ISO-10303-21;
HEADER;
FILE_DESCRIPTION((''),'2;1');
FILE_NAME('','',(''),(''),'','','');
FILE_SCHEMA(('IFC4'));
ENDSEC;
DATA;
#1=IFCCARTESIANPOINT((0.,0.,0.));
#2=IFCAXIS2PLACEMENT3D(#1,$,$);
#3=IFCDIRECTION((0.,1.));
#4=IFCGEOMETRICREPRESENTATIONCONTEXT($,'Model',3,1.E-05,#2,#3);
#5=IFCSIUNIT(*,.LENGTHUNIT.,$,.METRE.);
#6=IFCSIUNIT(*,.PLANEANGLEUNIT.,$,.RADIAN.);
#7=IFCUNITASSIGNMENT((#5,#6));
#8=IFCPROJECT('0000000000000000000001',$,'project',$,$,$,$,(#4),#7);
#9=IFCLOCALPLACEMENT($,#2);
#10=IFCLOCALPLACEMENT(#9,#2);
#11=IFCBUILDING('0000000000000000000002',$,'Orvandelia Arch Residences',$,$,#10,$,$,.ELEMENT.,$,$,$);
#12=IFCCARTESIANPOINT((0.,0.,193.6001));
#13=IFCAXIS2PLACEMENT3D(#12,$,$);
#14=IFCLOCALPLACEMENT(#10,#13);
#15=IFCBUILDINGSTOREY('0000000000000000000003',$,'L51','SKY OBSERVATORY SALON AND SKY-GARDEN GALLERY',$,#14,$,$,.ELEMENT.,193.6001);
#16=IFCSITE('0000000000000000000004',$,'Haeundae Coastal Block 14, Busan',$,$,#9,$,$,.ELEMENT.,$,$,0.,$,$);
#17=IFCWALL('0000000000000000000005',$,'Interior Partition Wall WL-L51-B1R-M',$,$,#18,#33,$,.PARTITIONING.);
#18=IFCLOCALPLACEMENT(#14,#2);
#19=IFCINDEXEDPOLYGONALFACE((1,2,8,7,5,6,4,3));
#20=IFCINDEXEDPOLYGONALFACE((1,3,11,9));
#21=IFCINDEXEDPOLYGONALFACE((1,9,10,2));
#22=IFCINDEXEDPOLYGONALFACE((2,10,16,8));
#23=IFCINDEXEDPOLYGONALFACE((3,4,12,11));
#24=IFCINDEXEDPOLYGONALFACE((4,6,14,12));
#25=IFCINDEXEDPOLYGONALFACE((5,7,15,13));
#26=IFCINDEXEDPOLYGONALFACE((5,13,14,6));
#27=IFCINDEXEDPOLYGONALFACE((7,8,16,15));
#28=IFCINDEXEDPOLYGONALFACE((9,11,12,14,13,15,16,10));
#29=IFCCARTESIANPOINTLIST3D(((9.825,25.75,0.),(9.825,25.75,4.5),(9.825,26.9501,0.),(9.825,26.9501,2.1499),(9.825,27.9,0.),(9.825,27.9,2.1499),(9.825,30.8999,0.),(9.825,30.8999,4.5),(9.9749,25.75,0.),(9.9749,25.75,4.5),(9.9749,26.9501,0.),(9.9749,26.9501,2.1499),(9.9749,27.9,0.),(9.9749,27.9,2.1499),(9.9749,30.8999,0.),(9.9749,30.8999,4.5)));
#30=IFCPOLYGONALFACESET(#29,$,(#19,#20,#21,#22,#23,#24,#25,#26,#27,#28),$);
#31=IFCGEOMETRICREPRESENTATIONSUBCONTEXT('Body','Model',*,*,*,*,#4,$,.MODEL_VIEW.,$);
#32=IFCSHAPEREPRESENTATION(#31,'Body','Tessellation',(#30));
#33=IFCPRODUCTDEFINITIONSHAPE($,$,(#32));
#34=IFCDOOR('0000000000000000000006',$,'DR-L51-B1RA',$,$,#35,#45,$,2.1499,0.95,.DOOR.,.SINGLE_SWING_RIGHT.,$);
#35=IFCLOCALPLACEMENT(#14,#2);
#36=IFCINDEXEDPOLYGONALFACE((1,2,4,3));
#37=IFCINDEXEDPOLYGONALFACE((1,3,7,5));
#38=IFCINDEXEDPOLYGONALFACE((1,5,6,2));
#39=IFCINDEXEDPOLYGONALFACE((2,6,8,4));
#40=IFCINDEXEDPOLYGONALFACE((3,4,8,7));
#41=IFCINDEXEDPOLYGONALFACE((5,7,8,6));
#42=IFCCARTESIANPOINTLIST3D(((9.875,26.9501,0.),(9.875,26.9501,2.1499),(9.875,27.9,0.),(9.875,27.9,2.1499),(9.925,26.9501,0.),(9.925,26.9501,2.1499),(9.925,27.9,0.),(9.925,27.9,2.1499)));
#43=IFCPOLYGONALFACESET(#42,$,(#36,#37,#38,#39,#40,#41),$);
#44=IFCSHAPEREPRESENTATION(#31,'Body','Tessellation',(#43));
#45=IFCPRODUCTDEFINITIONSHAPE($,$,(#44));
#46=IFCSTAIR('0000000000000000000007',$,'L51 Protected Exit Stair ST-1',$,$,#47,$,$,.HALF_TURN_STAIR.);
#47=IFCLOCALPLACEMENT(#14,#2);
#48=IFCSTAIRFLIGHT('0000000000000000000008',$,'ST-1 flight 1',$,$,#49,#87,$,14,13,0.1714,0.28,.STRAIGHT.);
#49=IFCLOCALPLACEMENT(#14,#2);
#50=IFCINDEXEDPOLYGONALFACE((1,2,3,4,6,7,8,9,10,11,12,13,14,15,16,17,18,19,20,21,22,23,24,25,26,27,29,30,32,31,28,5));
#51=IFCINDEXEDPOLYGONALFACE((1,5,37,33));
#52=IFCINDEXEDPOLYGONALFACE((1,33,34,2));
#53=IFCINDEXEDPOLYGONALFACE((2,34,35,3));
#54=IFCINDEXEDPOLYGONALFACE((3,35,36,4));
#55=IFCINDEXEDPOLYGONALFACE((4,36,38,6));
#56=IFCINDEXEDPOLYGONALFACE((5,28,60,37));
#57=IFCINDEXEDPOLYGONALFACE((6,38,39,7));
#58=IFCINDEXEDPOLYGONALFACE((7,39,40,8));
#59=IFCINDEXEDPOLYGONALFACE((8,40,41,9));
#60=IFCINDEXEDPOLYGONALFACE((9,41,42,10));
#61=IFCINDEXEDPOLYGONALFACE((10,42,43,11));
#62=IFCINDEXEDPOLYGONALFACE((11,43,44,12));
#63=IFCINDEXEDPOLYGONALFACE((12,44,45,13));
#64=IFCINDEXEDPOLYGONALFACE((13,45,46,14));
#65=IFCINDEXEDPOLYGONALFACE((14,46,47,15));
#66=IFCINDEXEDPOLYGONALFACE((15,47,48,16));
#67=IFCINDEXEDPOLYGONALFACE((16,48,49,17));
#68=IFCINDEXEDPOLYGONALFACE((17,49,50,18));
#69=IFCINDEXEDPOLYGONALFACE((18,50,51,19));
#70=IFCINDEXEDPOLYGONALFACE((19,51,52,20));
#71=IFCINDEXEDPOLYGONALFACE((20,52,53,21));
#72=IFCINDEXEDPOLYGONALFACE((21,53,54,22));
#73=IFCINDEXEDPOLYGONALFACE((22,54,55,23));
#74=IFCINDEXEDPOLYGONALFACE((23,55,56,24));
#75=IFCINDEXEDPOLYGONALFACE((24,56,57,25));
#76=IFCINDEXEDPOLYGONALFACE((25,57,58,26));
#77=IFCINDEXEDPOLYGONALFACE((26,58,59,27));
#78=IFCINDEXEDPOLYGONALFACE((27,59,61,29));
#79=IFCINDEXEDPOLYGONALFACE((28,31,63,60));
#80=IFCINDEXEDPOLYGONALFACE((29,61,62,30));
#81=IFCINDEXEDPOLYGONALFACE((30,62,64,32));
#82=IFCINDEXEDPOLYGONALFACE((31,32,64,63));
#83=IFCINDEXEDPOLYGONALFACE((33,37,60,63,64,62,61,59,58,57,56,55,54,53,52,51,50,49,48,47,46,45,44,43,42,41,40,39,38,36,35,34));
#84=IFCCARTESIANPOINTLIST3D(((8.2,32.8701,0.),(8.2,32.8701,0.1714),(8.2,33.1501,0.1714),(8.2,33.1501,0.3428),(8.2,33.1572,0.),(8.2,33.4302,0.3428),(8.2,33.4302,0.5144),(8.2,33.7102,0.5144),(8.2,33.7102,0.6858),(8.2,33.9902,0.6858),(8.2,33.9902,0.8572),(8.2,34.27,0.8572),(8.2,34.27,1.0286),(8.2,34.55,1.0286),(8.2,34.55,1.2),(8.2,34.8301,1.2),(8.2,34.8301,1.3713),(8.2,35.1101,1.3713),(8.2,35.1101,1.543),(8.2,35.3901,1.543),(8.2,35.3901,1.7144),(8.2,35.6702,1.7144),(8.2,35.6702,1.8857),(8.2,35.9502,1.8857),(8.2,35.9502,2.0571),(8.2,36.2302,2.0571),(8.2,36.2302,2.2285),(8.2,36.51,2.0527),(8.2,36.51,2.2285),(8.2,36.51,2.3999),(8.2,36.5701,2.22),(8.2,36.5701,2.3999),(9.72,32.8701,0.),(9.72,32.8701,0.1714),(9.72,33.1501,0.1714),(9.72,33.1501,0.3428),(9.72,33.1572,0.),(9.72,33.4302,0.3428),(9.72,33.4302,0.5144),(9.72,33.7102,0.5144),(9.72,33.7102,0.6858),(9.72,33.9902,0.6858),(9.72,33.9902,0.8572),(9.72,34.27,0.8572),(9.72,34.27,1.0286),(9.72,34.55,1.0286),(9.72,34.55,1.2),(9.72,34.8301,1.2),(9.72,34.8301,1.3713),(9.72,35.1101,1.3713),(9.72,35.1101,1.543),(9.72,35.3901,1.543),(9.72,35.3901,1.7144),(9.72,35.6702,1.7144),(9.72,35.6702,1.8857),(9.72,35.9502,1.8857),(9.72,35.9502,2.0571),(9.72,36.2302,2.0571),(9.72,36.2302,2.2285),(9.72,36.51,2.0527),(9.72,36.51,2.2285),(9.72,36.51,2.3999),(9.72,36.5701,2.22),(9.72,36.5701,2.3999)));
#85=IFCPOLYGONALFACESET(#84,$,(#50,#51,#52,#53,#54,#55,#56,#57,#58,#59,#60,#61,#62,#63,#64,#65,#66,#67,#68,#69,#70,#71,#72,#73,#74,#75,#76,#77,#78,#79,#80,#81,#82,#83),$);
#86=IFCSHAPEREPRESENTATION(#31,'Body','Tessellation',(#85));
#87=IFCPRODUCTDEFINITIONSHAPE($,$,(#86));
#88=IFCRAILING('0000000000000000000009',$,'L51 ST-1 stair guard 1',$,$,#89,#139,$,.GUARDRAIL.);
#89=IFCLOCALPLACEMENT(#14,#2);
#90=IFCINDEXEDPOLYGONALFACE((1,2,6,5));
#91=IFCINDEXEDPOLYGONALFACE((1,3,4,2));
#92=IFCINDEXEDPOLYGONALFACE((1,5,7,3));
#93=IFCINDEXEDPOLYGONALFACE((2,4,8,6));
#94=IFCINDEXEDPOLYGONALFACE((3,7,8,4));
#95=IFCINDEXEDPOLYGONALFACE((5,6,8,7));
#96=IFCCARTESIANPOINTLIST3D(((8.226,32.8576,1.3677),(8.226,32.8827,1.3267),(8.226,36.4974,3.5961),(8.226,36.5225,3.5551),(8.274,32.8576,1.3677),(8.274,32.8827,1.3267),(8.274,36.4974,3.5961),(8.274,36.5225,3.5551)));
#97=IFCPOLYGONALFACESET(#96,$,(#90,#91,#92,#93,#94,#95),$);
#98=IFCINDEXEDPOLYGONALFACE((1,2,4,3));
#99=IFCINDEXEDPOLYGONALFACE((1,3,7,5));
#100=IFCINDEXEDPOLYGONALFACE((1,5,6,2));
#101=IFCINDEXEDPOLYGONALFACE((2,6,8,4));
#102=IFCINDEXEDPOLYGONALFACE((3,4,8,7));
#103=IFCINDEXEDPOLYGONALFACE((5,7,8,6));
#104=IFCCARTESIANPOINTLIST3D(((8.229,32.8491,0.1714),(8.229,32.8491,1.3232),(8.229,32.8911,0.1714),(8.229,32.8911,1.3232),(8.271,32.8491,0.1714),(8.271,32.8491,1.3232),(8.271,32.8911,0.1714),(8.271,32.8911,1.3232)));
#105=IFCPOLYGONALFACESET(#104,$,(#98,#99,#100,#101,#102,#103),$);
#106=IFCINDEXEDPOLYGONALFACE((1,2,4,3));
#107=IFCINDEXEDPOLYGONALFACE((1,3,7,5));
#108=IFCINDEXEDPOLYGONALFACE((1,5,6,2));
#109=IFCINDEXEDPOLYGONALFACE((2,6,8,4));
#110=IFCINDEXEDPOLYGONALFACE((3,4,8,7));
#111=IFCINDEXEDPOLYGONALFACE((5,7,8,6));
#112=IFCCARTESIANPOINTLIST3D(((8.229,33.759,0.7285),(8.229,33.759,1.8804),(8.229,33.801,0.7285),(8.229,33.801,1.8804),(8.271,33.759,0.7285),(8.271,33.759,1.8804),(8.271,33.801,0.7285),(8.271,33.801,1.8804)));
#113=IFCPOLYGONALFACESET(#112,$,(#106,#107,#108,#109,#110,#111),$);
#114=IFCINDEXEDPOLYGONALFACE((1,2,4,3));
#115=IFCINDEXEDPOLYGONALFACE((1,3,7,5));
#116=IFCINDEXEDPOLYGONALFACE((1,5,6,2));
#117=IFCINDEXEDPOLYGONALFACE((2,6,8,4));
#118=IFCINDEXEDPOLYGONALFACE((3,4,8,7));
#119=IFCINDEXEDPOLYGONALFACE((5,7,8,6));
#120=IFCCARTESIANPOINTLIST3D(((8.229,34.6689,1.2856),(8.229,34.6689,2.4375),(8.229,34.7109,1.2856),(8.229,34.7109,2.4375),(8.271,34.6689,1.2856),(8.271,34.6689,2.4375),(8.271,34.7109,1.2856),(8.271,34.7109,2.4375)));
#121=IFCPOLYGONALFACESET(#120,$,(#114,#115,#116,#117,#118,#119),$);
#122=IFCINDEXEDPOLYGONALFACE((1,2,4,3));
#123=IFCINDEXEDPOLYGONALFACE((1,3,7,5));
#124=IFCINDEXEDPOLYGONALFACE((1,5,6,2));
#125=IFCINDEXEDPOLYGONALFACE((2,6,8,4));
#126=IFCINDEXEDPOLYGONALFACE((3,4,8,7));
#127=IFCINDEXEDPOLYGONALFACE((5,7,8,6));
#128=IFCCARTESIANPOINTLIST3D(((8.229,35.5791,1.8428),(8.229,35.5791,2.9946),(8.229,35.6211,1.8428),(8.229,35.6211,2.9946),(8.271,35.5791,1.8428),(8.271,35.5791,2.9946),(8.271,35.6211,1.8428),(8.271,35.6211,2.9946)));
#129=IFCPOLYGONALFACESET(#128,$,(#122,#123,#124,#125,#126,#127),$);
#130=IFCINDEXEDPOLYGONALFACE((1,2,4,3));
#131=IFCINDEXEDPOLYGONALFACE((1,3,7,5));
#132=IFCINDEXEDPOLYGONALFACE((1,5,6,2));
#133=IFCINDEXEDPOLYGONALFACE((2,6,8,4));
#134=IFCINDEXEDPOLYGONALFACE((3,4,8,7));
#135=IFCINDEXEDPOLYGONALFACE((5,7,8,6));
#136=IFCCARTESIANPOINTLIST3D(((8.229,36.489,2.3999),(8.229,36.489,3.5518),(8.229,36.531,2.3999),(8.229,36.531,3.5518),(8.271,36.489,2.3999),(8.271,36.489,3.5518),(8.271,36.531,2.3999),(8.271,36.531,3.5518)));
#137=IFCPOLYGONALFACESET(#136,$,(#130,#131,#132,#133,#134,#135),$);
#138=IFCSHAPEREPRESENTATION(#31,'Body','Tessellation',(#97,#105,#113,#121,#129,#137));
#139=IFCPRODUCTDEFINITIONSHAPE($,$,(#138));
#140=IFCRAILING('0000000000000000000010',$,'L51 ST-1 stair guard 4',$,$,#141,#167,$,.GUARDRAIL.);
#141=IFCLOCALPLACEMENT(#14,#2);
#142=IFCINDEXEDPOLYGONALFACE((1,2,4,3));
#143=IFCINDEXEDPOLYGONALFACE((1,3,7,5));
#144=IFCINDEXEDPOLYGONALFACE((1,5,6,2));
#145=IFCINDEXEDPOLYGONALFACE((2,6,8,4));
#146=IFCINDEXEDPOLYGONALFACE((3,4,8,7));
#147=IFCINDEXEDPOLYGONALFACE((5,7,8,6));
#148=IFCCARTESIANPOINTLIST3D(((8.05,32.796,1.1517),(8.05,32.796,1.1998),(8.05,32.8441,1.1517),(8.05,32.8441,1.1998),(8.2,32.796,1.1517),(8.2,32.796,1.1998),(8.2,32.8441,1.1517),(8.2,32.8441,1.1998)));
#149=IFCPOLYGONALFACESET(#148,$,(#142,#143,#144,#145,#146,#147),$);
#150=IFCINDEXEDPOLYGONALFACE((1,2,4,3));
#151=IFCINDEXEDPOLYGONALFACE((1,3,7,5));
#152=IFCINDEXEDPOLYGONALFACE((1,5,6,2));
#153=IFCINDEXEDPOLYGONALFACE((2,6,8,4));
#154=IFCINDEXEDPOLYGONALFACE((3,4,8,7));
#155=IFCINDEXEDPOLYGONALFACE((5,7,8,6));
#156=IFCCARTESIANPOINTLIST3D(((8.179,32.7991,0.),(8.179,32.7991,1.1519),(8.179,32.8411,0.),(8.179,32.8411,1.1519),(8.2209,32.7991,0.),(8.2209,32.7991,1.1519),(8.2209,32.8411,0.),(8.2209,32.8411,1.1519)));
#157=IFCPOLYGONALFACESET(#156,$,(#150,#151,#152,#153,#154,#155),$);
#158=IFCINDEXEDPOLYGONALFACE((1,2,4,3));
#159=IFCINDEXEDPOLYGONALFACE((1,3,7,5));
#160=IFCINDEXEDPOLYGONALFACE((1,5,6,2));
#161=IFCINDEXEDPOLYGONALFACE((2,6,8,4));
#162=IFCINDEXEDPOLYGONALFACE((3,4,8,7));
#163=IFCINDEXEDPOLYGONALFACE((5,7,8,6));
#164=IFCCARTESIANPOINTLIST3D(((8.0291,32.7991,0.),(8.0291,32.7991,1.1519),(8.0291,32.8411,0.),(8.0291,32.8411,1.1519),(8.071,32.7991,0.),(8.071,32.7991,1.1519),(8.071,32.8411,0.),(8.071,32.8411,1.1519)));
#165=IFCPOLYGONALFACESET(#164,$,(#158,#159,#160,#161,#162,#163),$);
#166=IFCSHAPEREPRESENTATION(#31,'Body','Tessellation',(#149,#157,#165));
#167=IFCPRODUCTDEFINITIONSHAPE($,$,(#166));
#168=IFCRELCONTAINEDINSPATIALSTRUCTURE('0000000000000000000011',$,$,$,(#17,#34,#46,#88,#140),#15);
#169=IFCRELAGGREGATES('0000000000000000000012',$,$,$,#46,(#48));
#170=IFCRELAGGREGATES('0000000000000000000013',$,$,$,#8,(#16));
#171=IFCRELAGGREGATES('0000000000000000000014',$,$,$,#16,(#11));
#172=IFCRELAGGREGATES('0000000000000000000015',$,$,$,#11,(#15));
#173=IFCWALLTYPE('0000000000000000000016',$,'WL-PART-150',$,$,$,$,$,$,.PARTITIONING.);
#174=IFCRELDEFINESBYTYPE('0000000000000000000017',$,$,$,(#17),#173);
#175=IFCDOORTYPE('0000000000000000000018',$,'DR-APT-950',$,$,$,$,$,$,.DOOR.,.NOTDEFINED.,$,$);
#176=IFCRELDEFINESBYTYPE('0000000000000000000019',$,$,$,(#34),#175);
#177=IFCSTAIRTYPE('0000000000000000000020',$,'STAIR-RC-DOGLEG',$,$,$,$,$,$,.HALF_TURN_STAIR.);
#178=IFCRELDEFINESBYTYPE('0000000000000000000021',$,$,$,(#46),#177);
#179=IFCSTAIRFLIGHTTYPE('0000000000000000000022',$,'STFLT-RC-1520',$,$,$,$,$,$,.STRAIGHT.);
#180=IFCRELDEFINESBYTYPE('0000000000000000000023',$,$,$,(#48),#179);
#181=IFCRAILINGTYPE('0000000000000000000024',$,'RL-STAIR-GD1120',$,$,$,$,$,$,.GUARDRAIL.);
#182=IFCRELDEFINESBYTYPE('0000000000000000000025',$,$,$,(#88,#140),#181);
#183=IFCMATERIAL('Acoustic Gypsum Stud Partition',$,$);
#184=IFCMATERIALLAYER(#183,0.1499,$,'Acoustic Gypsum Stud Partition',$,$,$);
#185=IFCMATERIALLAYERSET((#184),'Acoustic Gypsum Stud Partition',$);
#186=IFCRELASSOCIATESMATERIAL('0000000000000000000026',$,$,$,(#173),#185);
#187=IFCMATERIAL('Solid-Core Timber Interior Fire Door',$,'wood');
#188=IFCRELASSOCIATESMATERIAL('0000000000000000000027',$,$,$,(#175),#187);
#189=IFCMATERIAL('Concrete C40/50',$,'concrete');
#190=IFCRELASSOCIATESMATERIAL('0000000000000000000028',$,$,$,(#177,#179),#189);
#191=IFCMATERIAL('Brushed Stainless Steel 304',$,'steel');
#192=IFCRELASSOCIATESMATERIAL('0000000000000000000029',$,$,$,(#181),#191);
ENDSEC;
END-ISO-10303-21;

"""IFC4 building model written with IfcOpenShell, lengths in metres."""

from ifc_helpers import new_model, si_unit, direction, frame, frame_2d, origin, origin_2d, place, context, subcontext, project, spatial, polyline, rectangle, outline, extrude, material, layer, layer_set, type_object, element, fill, aggregate, save


model = new_model("IFC4")

# Units and contexts
model_context = context("Model", 3, precision=1e-05, world=origin(), true_north=direction((0.0, 1.0)))
body_context = subcontext(model_context, "Body", "Model", "MODEL_VIEW")
ifc_project = project(units=[si_unit("LENGTHUNIT", "METRE"), si_unit("PLANEANGLEUNIT", "RADIAN")], contexts=[model_context])

# Site, building, storey
site_placement = place(None, origin())
site = spatial("IfcSite", under=ifc_project, at=site_placement, Name="Haeundae Coastal Block 14, Busan", CompositionType="ELEMENT", RefElevation=0.0)
building_placement = place(site_placement, origin())
building = spatial("IfcBuilding", under=site, at=building_placement, Name="Orvandelia Arch Residences", CompositionType="ELEMENT")
storey_placement = place(building_placement, frame((0.0, 0.0, 193.6001)))
storey = spatial("IfcBuildingStorey", under=building, at=storey_placement, Name="L51", Description="SKY OBSERVATORY SALON AND SKY-GARDEN GALLERY", CompositionType="ELEMENT", Elevation=193.6001)

# Wall, opening, door
ifc_material_1 = material(Name="Acoustic Gypsum Stud Partition")
ifc_layer_1 = layer(ifc_material_1, 0.1499, Name="Acoustic Gypsum Stud Partition")
ifc_layer_set_1 = layer_set([ifc_layer_1], Name="Acoustic Gypsum Stud Partition")
wall_type_1 = type_object("IfcWallType", Name="WL-PART-150", PredefinedType="PARTITIONING", material=ifc_layer_set_1)
wall_1_placement = place(storey_placement, frame((9.8999, 25.75, 0.0), z_axis=(0.0, 0.0, 1.0), x_axis=(0.0, 1.0, 0.0)))
wall_1 = element("IfcWall", 1, at=wall_1_placement, inside=storey, type_object=wall_type_1, Name="Interior Partition Wall WL-L51-B1R-M", PredefinedType="PARTITIONING", context=body_context, shape_type="SweptSolid", body=[
    extrude(rectangle(XDim=5.1499, YDim=0.1499, at=frame_2d((2.575, 0.0))), origin(), (0.0, 0.0, 1.0), 4.5),
])
opening_1_placement = place(wall_1_placement, frame((1.2, 0.0, 0.0)))
opening_1 = element("IfcOpeningElement", 2, at=opening_1_placement, cuts=wall_1, PredefinedType="OPENING", context=body_context, shape_type="SweptSolid", body=[
    extrude(rectangle(XDim=0.95, YDim=2.1499, at=frame_2d((0.4751, 1.075))), frame((0.0, 0.085, 0.0), z_axis=(0.0, -1.0, 0.0), x_axis=(1.0, 0.0, 0.0)), (0.0, 0.0, 1.0), 0.1699),
])
ifc_material_2 = material(Name="Solid-Core Timber Interior Fire Door", Category="wood")
door_type_1 = type_object("IfcDoorType", Name="DR-APT-950", OperationType="NOTDEFINED", PredefinedType="DOOR", material=ifc_material_2)
door_1_placement = place(opening_1_placement, origin())
door_1 = element("IfcDoor", 3, at=door_1_placement, inside=storey, type_object=door_type_1, Name="DR-L51-B1RA", OperationType="SINGLE_SWING_RIGHT", OverallHeight=2.1499, OverallWidth=0.95, PredefinedType="DOOR", context=body_context, shape_type="SweptSolid", body=[
    extrude(rectangle(XDim=0.95, YDim=2.1499, at=frame_2d((0.4751, 1.075))), frame((0.0, 0.0249, 0.0), z_axis=(0.0, -1.0, 0.0), x_axis=(1.0, 0.0, 0.0)), (0.0, 0.0, 1.0), 0.05),
])
fill(opening_1, door_1)

# Stair, stair flight
ifc_material_3 = material(Name="Concrete C40/50", Category="concrete")
stair_type = type_object("IfcStairType", Name="STAIR-RC-DOGLEG", PredefinedType="HALF_TURN_STAIR", material=ifc_material_3)
stair_placement = place(storey_placement, origin())
stair = element("IfcStair", 4, at=stair_placement, inside=storey, type_object=stair_type, Name="L51 Protected Exit Stair ST-1", PredefinedType="HALF_TURN_STAIR")
stair_flight_type = type_object("IfcStairFlightType", Name="STFLT-RC-1520", PredefinedType="STRAIGHT", material=ifc_material_3)
stair_flight_placement = place(storey_placement, frame((8.96, 32.8701, 0.0), z_axis=(0.0, 0.0, 1.0), x_axis=(0.0, 1.0, 0.0)))
stair_flight = element("IfcStairFlight", 5, at=stair_flight_placement, type_object=stair_flight_type, Name="ST-1 flight 1", NumberOfRisers=14, NumberOfTreads=13, PredefinedType="STRAIGHT", RiserHeight=0.1714, TreadLength=0.28, context=body_context, shape_type="SweptSolid", body=[
    extrude(outline(polyline([(0.0, 0.0), (0.0, 0.1714), (0.28, 0.1714), (0.28, 0.3428), (0.5601, 0.3428), (0.5601, 0.5144), (0.8401, 0.5144), (0.8401, 0.6858), (1.1201, 0.6858), (1.1201, 0.8572), (1.3999, 0.8572), (1.3999, 1.0286), (1.6799, 1.0286), (1.6799, 1.2), (1.96, 1.2), (1.96, 1.3713), (2.24, 1.3713), (2.24, 1.543), (2.52, 1.543), (2.52, 1.7144), (2.8, 1.7144), (2.8, 1.8857), (3.0801, 1.8857), (3.0801, 2.0571), (3.3601, 2.0571), (3.3601, 2.2285), (3.6399, 2.2285), (3.6399, 2.3999), (3.7, 2.3999), (3.7, 2.22), (3.6399, 2.0527), (0.2871, 0.0), (0.0, 0.0)])), frame((0.0, 0.76, 0.0), z_axis=(0.0, -1.0, 0.0), x_axis=(1.0, 0.0, 0.0)), (0.0, 0.0, 1.0), 1.52),
])
aggregate(stair, [stair_flight])

# Railings
ifc_material_4 = material(Name="Brushed Stainless Steel 304", Category="steel")
railing_type_1 = type_object("IfcRailingType", Name="RL-STAIR-GD1120", PredefinedType="GUARDRAIL", material=ifc_material_4)
railing_1_placement = place(storey_placement, frame((8.25, 32.8701, 0.1714)))
element("IfcRailing", 6, at=railing_1_placement, inside=storey, type_object=railing_type_1, Name="L51 ST-1 stair guard 1", PredefinedType="GUARDRAIL", context=body_context, shape_type="SweptSolid", body=[
    extrude(rectangle(XDim=0.0481, YDim=0.0481, at=origin_2d()), frame((0.0, 0.0, 1.1758), z_axis=(0.0, 0.85285, 0.522156), x_axis=(-1.0, 0.0, 0.0)), (0.0, 0.0, 1.0), 4.2678),
    extrude(rectangle(XDim=0.042, YDim=0.042, at=origin_2d()), origin(), (0.0, 0.0, 1.0), 1.1519),
    extrude(rectangle(XDim=0.042, YDim=0.042, at=origin_2d()), frame((0.0, 0.9099, 0.5571)), (0.0, 0.0, 1.0), 1.1519),
    extrude(rectangle(XDim=0.042, YDim=0.042, at=origin_2d()), frame((0.0, 1.8198, 1.1143)), (0.0, 0.0, 1.0), 1.1519),
    extrude(rectangle(XDim=0.042, YDim=0.042, at=origin_2d()), frame((0.0, 2.73, 1.6714)), (0.0, 0.0, 1.0), 1.1519),
    extrude(rectangle(XDim=0.042, YDim=0.042, at=origin_2d()), frame((0.0, 3.6399, 2.2285)), (0.0, 0.0, 1.0), 1.1519),
])
railing_2_placement = place(storey_placement, frame((8.2, 32.8201, 0.0)))
element("IfcRailing", 7, at=railing_2_placement, inside=storey, type_object=railing_type_1, Name="L51 ST-1 stair guard 4", PredefinedType="GUARDRAIL", context=body_context, shape_type="SweptSolid", body=[
    extrude(rectangle(XDim=0.0481, YDim=0.0481, at=origin_2d()), frame((0.0, 0.0, 1.1758), z_axis=(-1.0, 0.0, 0.0), x_axis=(0.0, -1.0, 0.0)), (0.0, 0.0, 1.0), 0.1499),
    extrude(rectangle(XDim=0.042, YDim=0.042, at=origin_2d()), origin(), (0.0, 0.0, 1.0), 1.1519),
    extrude(rectangle(XDim=0.042, YDim=0.042, at=origin_2d()), frame((-0.1499, 0.0, 0.0)), (0.0, 0.0, 1.0), 1.1519),
])

save(model, "model.ifc")
